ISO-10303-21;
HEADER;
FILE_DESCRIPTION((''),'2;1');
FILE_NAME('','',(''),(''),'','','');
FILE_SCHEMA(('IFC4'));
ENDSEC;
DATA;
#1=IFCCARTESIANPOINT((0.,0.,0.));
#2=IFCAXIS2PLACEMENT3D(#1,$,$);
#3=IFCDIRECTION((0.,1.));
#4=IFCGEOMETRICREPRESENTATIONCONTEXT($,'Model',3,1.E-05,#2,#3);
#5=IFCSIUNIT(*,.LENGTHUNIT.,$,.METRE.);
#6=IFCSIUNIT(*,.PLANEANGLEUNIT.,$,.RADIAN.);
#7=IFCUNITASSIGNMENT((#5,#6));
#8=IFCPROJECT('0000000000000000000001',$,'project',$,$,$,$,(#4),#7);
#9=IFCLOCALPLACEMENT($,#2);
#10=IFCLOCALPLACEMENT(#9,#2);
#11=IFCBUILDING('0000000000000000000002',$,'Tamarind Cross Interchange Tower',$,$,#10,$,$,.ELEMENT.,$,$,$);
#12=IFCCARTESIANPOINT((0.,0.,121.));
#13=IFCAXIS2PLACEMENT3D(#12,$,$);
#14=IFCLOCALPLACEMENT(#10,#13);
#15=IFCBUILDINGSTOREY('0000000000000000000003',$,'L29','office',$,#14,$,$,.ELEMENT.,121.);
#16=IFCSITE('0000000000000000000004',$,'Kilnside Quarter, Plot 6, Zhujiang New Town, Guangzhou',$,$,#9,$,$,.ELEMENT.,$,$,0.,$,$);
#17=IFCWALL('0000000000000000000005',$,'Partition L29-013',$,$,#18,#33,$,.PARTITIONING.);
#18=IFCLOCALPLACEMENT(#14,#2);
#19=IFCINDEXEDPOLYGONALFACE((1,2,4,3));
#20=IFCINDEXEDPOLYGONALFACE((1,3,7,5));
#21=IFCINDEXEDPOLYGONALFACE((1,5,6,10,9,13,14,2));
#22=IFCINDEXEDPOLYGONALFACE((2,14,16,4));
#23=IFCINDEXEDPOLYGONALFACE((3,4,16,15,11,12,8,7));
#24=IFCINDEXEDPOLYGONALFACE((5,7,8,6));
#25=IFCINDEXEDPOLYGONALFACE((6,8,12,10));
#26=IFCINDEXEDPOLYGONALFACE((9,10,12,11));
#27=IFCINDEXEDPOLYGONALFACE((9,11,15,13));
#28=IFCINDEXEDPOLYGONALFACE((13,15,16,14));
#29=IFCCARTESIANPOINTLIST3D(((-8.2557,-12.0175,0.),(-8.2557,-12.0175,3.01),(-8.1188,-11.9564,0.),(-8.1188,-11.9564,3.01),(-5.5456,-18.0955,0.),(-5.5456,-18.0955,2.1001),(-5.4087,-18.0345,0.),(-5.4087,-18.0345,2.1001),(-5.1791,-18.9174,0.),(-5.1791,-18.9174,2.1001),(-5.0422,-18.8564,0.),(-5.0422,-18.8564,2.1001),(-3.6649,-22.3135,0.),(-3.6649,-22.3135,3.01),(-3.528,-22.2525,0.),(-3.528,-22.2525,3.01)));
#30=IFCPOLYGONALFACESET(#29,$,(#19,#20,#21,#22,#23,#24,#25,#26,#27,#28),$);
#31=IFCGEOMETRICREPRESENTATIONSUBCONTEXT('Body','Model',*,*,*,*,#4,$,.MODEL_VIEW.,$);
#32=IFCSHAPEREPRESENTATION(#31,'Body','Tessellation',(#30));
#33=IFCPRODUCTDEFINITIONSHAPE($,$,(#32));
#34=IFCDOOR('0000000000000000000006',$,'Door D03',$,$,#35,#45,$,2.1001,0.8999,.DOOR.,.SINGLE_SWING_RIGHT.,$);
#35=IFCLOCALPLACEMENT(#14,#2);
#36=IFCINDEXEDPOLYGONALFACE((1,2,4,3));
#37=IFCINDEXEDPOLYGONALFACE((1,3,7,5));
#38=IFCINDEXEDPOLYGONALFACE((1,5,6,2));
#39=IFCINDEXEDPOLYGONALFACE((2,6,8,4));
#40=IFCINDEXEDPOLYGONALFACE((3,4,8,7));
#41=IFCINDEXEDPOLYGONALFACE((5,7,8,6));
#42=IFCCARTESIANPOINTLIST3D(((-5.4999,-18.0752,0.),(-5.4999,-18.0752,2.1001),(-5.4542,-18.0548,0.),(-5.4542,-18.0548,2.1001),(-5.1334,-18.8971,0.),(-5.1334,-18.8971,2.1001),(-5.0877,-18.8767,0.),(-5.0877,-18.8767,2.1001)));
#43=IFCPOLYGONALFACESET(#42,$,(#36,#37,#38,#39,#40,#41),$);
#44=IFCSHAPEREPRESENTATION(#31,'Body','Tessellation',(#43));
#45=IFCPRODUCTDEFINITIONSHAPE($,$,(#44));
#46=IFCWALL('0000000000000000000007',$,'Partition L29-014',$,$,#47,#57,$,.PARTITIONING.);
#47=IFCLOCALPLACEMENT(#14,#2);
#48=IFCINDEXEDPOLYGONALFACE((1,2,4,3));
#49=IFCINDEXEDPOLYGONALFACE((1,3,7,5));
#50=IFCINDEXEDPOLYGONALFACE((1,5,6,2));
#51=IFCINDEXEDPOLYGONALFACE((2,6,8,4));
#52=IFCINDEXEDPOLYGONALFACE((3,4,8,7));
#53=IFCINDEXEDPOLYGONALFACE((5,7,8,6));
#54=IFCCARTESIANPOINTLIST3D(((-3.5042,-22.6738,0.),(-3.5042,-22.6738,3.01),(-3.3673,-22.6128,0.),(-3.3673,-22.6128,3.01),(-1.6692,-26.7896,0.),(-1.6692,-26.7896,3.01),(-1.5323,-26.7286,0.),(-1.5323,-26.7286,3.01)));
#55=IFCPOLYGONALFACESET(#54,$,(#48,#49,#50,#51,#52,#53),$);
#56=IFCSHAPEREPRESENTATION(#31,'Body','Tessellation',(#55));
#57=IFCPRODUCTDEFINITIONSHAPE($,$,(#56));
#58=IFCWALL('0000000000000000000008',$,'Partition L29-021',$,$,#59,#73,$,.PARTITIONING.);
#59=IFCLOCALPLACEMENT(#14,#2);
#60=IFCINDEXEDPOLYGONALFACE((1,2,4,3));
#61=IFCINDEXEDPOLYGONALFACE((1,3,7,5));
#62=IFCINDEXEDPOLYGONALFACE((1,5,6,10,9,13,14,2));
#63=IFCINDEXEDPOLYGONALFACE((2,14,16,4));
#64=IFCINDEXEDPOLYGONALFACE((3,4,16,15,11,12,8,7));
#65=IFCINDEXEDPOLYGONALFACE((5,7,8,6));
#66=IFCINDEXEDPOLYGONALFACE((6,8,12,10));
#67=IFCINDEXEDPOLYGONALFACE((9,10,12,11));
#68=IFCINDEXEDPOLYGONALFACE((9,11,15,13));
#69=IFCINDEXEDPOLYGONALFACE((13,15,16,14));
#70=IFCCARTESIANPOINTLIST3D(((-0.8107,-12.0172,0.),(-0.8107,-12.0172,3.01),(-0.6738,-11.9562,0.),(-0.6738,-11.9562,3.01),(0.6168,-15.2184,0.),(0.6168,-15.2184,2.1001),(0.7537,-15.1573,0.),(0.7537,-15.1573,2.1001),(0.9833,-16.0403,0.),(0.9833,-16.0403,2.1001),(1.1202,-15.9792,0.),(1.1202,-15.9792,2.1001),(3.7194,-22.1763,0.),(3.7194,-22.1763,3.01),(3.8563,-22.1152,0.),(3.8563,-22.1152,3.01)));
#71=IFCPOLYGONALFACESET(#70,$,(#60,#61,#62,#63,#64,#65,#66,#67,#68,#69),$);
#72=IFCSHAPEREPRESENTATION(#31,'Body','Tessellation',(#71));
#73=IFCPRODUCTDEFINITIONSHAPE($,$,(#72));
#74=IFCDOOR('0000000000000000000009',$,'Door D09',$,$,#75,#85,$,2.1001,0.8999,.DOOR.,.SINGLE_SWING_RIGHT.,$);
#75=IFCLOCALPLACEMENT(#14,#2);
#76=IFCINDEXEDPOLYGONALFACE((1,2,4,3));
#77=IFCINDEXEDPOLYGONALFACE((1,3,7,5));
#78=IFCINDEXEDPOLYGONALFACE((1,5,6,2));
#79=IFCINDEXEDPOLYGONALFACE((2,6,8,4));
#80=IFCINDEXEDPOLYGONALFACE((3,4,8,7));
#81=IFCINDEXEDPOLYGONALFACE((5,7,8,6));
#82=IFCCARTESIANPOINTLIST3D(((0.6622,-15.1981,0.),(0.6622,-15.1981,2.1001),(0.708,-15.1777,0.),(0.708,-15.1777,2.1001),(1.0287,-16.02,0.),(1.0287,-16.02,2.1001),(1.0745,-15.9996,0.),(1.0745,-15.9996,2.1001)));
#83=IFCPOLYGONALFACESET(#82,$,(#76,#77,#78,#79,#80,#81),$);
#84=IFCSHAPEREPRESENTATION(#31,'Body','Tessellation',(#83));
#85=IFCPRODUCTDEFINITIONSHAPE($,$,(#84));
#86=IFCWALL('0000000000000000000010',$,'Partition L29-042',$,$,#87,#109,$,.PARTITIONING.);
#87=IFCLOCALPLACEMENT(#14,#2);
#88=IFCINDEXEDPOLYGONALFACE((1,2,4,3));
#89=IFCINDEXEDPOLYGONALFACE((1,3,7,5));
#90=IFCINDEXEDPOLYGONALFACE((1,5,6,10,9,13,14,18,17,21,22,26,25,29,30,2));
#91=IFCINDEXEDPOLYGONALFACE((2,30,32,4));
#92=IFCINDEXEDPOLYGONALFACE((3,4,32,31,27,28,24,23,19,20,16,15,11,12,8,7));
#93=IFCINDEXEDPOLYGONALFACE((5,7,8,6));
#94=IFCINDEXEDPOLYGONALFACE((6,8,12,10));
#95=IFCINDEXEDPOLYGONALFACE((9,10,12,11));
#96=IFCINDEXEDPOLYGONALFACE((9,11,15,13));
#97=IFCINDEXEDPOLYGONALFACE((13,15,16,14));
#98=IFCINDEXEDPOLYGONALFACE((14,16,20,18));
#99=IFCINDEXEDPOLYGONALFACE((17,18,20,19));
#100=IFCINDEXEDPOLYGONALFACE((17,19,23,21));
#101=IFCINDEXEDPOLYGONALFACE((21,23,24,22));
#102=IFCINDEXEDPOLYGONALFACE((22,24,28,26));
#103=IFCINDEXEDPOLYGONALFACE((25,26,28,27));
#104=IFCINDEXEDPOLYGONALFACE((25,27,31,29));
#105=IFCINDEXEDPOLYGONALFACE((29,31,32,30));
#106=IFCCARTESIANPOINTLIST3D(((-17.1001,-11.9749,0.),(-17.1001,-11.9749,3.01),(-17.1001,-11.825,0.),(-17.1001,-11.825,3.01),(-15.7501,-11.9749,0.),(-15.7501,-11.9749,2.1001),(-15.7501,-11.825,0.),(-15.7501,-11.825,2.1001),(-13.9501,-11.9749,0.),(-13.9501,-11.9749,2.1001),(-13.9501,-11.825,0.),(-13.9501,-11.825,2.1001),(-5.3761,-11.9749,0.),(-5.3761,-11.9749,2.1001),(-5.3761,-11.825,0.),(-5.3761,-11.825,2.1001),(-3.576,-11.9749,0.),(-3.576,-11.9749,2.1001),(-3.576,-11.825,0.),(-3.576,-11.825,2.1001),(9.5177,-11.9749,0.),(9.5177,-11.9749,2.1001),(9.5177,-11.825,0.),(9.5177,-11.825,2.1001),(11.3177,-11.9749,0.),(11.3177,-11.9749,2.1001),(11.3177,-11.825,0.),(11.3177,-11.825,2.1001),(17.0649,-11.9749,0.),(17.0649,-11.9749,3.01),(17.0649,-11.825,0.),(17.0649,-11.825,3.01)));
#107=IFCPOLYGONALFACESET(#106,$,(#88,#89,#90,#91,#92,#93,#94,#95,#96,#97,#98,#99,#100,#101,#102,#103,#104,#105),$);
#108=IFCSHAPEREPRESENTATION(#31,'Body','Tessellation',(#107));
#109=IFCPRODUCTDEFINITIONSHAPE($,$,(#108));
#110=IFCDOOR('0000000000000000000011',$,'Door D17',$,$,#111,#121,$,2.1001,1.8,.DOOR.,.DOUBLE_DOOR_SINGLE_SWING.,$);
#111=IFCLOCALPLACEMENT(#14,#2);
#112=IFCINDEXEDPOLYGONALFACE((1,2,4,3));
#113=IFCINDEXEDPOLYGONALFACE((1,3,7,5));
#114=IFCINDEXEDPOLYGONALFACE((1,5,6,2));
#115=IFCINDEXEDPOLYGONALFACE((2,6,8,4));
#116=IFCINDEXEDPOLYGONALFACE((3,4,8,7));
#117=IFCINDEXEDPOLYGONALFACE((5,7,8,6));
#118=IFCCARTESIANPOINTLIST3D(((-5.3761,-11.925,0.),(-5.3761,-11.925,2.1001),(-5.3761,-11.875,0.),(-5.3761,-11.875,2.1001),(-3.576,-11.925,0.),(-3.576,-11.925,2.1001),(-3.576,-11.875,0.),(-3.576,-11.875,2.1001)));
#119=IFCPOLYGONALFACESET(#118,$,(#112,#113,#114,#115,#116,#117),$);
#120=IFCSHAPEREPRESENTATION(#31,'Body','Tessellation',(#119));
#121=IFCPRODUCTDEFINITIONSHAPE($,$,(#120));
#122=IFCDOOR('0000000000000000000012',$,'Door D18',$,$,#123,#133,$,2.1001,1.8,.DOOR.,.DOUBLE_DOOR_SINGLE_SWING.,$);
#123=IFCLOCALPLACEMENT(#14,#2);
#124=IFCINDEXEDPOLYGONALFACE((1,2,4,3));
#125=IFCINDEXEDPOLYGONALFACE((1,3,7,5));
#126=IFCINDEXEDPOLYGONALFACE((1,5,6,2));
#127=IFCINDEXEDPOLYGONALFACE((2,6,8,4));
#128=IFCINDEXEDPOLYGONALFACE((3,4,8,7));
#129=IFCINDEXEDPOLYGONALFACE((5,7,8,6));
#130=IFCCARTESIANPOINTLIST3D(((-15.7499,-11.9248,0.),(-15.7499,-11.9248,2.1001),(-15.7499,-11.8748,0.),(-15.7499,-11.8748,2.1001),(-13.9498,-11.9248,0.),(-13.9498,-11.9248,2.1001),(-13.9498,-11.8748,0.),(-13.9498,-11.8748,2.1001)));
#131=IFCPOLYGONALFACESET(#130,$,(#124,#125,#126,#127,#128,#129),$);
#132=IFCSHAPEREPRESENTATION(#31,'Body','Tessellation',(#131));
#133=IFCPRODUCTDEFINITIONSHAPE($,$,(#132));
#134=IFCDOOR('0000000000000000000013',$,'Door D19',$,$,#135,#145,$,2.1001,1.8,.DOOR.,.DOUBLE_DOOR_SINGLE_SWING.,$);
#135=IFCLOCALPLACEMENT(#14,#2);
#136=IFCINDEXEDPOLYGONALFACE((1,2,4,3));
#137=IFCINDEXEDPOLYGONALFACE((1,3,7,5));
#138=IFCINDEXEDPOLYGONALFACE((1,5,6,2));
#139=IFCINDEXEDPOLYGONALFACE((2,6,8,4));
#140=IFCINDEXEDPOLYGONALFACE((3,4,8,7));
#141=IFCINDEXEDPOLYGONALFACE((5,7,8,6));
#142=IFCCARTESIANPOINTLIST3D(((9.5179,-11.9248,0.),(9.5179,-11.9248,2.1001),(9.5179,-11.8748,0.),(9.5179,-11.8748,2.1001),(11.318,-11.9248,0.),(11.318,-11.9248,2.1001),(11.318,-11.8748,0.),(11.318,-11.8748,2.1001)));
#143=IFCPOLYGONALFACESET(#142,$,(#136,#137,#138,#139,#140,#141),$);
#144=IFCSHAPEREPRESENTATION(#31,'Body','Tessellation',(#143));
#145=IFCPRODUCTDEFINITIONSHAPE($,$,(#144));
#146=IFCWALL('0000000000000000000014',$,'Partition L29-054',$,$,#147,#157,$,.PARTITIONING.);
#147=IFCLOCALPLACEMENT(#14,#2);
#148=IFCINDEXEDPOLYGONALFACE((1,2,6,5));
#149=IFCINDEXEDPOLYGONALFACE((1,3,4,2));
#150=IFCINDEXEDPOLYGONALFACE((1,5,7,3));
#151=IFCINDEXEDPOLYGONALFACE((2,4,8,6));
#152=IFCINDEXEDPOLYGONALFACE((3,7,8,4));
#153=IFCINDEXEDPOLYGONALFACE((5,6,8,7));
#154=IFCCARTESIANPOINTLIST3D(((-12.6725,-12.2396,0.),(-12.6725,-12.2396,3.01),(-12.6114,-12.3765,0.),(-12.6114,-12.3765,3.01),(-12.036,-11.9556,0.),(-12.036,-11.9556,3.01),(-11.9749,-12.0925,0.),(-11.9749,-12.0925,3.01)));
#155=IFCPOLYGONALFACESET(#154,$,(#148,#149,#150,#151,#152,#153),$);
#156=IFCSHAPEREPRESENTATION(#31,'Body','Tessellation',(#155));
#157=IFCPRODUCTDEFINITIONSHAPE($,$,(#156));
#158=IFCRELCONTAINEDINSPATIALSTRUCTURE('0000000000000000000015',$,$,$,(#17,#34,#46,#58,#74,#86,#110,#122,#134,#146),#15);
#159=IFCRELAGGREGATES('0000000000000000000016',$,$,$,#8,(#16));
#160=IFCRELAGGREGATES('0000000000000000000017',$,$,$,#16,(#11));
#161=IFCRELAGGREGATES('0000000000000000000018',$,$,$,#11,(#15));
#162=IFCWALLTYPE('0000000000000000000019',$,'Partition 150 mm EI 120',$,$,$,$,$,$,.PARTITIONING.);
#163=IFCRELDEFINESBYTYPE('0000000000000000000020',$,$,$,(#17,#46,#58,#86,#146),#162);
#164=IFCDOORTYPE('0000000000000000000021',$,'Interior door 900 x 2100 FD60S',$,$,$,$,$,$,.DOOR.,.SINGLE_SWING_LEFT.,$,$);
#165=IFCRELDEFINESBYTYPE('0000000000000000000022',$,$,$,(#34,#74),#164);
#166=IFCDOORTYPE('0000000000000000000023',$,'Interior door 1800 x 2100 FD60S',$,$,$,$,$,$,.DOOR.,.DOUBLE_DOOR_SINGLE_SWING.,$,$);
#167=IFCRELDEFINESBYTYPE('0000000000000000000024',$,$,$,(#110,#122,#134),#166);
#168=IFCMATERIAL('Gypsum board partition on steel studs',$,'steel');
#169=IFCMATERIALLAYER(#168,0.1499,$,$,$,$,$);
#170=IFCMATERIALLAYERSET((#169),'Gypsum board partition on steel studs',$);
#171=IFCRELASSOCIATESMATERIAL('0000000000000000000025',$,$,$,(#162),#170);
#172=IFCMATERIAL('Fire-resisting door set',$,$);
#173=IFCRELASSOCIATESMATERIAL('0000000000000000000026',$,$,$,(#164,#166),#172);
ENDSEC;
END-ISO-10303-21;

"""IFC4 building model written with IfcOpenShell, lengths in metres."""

from ifc_helpers import new_model, si_unit, direction, frame, frame_2d, origin, place, context, subcontext, project, spatial, rectangle, extrude, material, layer, layer_set, type_object, element, fill, save


model = new_model("IFC4")

# Units and contexts
model_context = context("Model", 3, precision=1e-05, world=origin(), true_north=direction((0.0, 1.0)))
body_context = subcontext(model_context, "Body", "Model", "MODEL_VIEW")
ifc_project = project(units=[si_unit("LENGTHUNIT", "METRE"), si_unit("PLANEANGLEUNIT", "RADIAN")], contexts=[model_context])

# Site, building, storey
site_placement = place(None, origin())
site = spatial("IfcSite", under=ifc_project, at=site_placement, Name="Kilnside Quarter, Plot 6, Zhujiang New Town, Guangzhou", CompositionType="ELEMENT", RefElevation=0.0)
building_placement = place(site_placement, origin())
building = spatial("IfcBuilding", under=site, at=building_placement, Name="Tamarind Cross Interchange Tower", CompositionType="ELEMENT")
storey_placement = place(building_placement, frame((0.0, 0.0, 121.0)))
storey = spatial("IfcBuildingStorey", under=building, at=storey_placement, Name="L29", Description="office", CompositionType="ELEMENT", Elevation=121.0)

# Shared definitions
ifc_material_1 = material(Name="Gypsum board partition on steel studs", Category="steel")
ifc_layer_1 = layer(ifc_material_1, 0.1499)
ifc_layer_set_1 = layer_set([ifc_layer_1], Name="Gypsum board partition on steel studs")
wall_type_1 = type_object("IfcWallType", Name="Partition 150 mm EI 120", PredefinedType="PARTITIONING", material=ifc_layer_set_1)

# Wall, opening, door
wall_1_placement = place(storey_placement, frame((-8.1873, -11.9868, 0.0), z_axis=(0.0, 0.0, 1.0), x_axis=(0.407231, -0.913325, 0.0)))
wall_1 = element("IfcWall", 1, at=wall_1_placement, inside=storey, type_object=wall_type_1, Name="Partition L29-013", PredefinedType="PARTITIONING", context=body_context, shape_type="SweptSolid", body=[
    extrude(rectangle(XDim=11.2732, YDim=0.1499, at=frame_2d((5.6367, 0.0))), origin(), (0.0, 0.0, 1.0), 3.01),
])
opening_1_placement = place(wall_1_placement, frame((6.655, 0.0, 0.0)))
opening_1 = element("IfcOpeningElement", 2, at=opening_1_placement, cuts=wall_1, PredefinedType="OPENING", context=body_context, shape_type="SweptSolid", body=[
    extrude(rectangle(XDim=0.8999, YDim=2.1001, at=frame_2d((0.45, 1.05))), frame((0.0, 0.085, 0.0), z_axis=(0.0, -1.0, 0.0), x_axis=(1.0, 0.0, 0.0)), (0.0, 0.0, 1.0), 0.1699),
])
ifc_material_2 = material(Name="Fire-resisting door set")
door_type_1 = type_object("IfcDoorType", Name="Interior door 900 x 2100 FD60S", OperationType="SINGLE_SWING_LEFT", PredefinedType="DOOR", material=ifc_material_2)
door_1_placement = place(opening_1_placement, frame((0.8999, 0.0, 0.0), z_axis=(0.0, 0.0, 1.0), x_axis=(-1.0, 0.0, 0.0)))
door_1 = element("IfcDoor", 3, at=door_1_placement, inside=storey, type_object=door_type_1, Name="Door D03", OperationType="SINGLE_SWING_RIGHT", OverallHeight=2.1001, OverallWidth=0.8999, PredefinedType="DOOR", context=body_context, shape_type="SweptSolid", body=[
    extrude(rectangle(XDim=0.8999, YDim=2.1001, at=frame_2d((0.45, 1.05))), frame((0.0, 0.0249, 0.0), z_axis=(0.0, -1.0, 0.0), x_axis=(1.0, 0.0, 0.0)), (0.0, 0.0, 1.0), 0.05),
])
fill(opening_1, door_1)

# Wall
wall_2_placement = place(storey_placement, frame((-3.4358, -22.6433, 0.0), z_axis=(0.0, 0.0, 1.0), x_axis=(0.407204, -0.913337, 0.0)))
element("IfcWall", 4, at=wall_2_placement, inside=storey, type_object=wall_type_1, Name="Partition L29-014", PredefinedType="PARTITIONING", context=body_context, shape_type="SweptSolid", body=[
    extrude(rectangle(XDim=4.5063, YDim=0.1499, at=frame_2d((2.2532, 0.0))), origin(), (0.0, 0.0, 1.0), 3.01),
])

# Wall, opening, door
wall_3_placement = place(storey_placement, frame((-0.7422, -11.9868, 0.0), z_axis=(0.0, 0.0, 1.0), x_axis=(0.40726, -0.913312, 0.0)))
wall_3 = element("IfcWall", 5, at=wall_3_placement, inside=storey, type_object=wall_type_1, Name="Partition L29-021", PredefinedType="PARTITIONING", context=body_context, shape_type="SweptSolid", body=[
    extrude(rectangle(XDim=11.1233, YDim=0.1499, at=frame_2d((5.5615, 0.0))), origin(), (0.0, 0.0, 1.0), 3.01),
])
opening_2_placement = place(wall_3_placement, frame((3.5049, 0.0, 0.0)))
opening_2 = element("IfcOpeningElement", 6, at=opening_2_placement, cuts=wall_3, PredefinedType="OPENING", context=body_context, shape_type="SweptSolid", body=[
    extrude(rectangle(XDim=0.8999, YDim=2.1001, at=frame_2d((0.45, 1.05))), frame((0.0, 0.085, 0.0), z_axis=(0.0, -1.0, 0.0), x_axis=(1.0, 0.0, 0.0)), (0.0, 0.0, 1.0), 0.1699),
])
door_2_placement = place(opening_2_placement, origin())
door_2 = element("IfcDoor", 7, at=door_2_placement, inside=storey, type_object=door_type_1, Name="Door D09", OperationType="SINGLE_SWING_RIGHT", OverallHeight=2.1001, OverallWidth=0.8999, PredefinedType="DOOR", context=body_context, shape_type="SweptSolid", body=[
    extrude(rectangle(XDim=0.8999, YDim=2.1001, at=frame_2d((0.45, 1.05))), frame((0.0, 0.0249, 0.0), z_axis=(0.0, -1.0, 0.0), x_axis=(1.0, 0.0, 0.0)), (0.0, 0.0, 1.0), 0.05),
])
fill(opening_2, door_2)

# Wall, openings, doors
wall_4_placement = place(storey_placement, frame((-17.1001, -11.8999, 0.0), z_axis=(0.0, 0.0, 1.0), x_axis=(1.0, 0.0, 0.0)))
wall_4 = element("IfcWall", 8, at=wall_4_placement, inside=storey, type_object=wall_type_1, Name="Partition L29-042", PredefinedType="PARTITIONING", context=body_context, shape_type="SweptSolid", body=[
    extrude(rectangle(XDim=34.165, YDim=0.1499, at=frame_2d((17.0825, 0.0))), origin(), (0.0, 0.0, 1.0), 3.01),
])
opening_3_placement = place(wall_4_placement, frame((11.7241, 0.0, 0.0)))
opening_3 = element("IfcOpeningElement", 9, at=opening_3_placement, cuts=wall_4, PredefinedType="OPENING", context=body_context, shape_type="SweptSolid", body=[
    extrude(rectangle(XDim=1.8, YDim=2.1001, at=frame_2d((0.8999, 1.05))), frame((0.0, 0.085, 0.0), z_axis=(0.0, -1.0, 0.0), x_axis=(1.0, 0.0, 0.0)), (0.0, 0.0, 1.0), 0.1699),
])
opening_4_placement = place(wall_4_placement, frame((1.3501, 0.0, 0.0)))
opening_4 = element("IfcOpeningElement", 10, at=opening_4_placement, cuts=wall_4, PredefinedType="OPENING", context=body_context, shape_type="SweptSolid", body=[
    extrude(rectangle(XDim=1.8, YDim=2.1001, at=frame_2d((0.8999, 1.05))), frame((0.0, 0.085, 0.0), z_axis=(0.0, -1.0, 0.0), x_axis=(1.0, 0.0, 0.0)), (0.0, 0.0, 1.0), 0.1699),
])
opening_5_placement = place(wall_4_placement, frame((26.6179, 0.0, 0.0)))
opening_5 = element("IfcOpeningElement", 11, at=opening_5_placement, cuts=wall_4, PredefinedType="OPENING", context=body_context, shape_type="SweptSolid", body=[
    extrude(rectangle(XDim=1.8, YDim=2.1001, at=frame_2d((0.8999, 1.05))), frame((0.0, 0.085, 0.0), z_axis=(0.0, -1.0, 0.0), x_axis=(1.0, 0.0, 0.0)), (0.0, 0.0, 1.0), 0.1699),
])
door_type_2 = type_object("IfcDoorType", Name="Interior door 1800 x 2100 FD60S", OperationType="DOUBLE_DOOR_SINGLE_SWING", PredefinedType="DOOR", material=ifc_material_2)
door_3_placement = place(opening_3_placement, origin())
door_3 = element("IfcDoor", 12, at=door_3_placement, inside=storey, type_object=door_type_2, Name="Door D17", OperationType="DOUBLE_DOOR_SINGLE_SWING", OverallHeight=2.1001, OverallWidth=1.8, PredefinedType="DOOR", context=body_context, shape_type="SweptSolid", body=[
    extrude(rectangle(XDim=1.8, YDim=2.1001, at=frame_2d((0.8999, 1.05))), frame((0.0, 0.0249, 0.0), z_axis=(0.0, -1.0, 0.0), x_axis=(1.0, 0.0, 0.0)), (0.0, 0.0, 1.0), 0.05),
])
fill(opening_3, door_3)
door_4_placement = place(opening_4_placement, frame((1.8, 0.0, 0.0), z_axis=(0.0, 0.0, 1.0), x_axis=(-1.0, 0.0, 0.0)))
door_4 = element("IfcDoor", 13, at=door_4_placement, inside=storey, type_object=door_type_2, Name="Door D18", OperationType="DOUBLE_DOOR_SINGLE_SWING", OverallHeight=2.1001, OverallWidth=1.8, PredefinedType="DOOR", context=body_context, shape_type="SweptSolid", body=[
    extrude(rectangle(XDim=1.8, YDim=2.1001, at=frame_2d((0.8999, 1.05))), frame((0.0, 0.0249, 0.0), z_axis=(0.0, -1.0, 0.0), x_axis=(1.0, 0.0, 0.0)), (0.0, 0.0, 1.0), 0.05),
])
fill(opening_4, door_4)
door_5_placement = place(opening_5_placement, frame((1.8, 0.0, 0.0), z_axis=(0.0, 0.0, 1.0), x_axis=(-1.0, 0.0, 0.0)))
door_5 = element("IfcDoor", 14, at=door_5_placement, inside=storey, type_object=door_type_2, Name="Door D19", OperationType="DOUBLE_DOOR_SINGLE_SWING", OverallHeight=2.1001, OverallWidth=1.8, PredefinedType="DOOR", context=body_context, shape_type="SweptSolid", body=[
    extrude(rectangle(XDim=1.8, YDim=2.1001, at=frame_2d((0.8999, 1.05))), frame((0.0, 0.0249, 0.0), z_axis=(0.0, -1.0, 0.0), x_axis=(1.0, 0.0, 0.0)), (0.0, 0.0, 1.0), 0.05),
])
fill(opening_5, door_5)

# Wall
wall_5_placement = place(storey_placement, frame((-12.6421, -12.3081, 0.0), z_axis=(0.0, 0.0, 1.0), x_axis=(0.913247, 0.407406, 0.0)))
element("IfcWall", 15, at=wall_5_placement, inside=storey, type_object=wall_type_1, Name="Partition L29-054", PredefinedType="PARTITIONING", context=body_context, shape_type="SweptSolid", body=[
    extrude(rectangle(XDim=0.697, YDim=0.1499, at=frame_2d((0.3486, 0.0))), origin(), (0.0, 0.0, 1.0), 3.01),
])

save(model, "model.ifc")
